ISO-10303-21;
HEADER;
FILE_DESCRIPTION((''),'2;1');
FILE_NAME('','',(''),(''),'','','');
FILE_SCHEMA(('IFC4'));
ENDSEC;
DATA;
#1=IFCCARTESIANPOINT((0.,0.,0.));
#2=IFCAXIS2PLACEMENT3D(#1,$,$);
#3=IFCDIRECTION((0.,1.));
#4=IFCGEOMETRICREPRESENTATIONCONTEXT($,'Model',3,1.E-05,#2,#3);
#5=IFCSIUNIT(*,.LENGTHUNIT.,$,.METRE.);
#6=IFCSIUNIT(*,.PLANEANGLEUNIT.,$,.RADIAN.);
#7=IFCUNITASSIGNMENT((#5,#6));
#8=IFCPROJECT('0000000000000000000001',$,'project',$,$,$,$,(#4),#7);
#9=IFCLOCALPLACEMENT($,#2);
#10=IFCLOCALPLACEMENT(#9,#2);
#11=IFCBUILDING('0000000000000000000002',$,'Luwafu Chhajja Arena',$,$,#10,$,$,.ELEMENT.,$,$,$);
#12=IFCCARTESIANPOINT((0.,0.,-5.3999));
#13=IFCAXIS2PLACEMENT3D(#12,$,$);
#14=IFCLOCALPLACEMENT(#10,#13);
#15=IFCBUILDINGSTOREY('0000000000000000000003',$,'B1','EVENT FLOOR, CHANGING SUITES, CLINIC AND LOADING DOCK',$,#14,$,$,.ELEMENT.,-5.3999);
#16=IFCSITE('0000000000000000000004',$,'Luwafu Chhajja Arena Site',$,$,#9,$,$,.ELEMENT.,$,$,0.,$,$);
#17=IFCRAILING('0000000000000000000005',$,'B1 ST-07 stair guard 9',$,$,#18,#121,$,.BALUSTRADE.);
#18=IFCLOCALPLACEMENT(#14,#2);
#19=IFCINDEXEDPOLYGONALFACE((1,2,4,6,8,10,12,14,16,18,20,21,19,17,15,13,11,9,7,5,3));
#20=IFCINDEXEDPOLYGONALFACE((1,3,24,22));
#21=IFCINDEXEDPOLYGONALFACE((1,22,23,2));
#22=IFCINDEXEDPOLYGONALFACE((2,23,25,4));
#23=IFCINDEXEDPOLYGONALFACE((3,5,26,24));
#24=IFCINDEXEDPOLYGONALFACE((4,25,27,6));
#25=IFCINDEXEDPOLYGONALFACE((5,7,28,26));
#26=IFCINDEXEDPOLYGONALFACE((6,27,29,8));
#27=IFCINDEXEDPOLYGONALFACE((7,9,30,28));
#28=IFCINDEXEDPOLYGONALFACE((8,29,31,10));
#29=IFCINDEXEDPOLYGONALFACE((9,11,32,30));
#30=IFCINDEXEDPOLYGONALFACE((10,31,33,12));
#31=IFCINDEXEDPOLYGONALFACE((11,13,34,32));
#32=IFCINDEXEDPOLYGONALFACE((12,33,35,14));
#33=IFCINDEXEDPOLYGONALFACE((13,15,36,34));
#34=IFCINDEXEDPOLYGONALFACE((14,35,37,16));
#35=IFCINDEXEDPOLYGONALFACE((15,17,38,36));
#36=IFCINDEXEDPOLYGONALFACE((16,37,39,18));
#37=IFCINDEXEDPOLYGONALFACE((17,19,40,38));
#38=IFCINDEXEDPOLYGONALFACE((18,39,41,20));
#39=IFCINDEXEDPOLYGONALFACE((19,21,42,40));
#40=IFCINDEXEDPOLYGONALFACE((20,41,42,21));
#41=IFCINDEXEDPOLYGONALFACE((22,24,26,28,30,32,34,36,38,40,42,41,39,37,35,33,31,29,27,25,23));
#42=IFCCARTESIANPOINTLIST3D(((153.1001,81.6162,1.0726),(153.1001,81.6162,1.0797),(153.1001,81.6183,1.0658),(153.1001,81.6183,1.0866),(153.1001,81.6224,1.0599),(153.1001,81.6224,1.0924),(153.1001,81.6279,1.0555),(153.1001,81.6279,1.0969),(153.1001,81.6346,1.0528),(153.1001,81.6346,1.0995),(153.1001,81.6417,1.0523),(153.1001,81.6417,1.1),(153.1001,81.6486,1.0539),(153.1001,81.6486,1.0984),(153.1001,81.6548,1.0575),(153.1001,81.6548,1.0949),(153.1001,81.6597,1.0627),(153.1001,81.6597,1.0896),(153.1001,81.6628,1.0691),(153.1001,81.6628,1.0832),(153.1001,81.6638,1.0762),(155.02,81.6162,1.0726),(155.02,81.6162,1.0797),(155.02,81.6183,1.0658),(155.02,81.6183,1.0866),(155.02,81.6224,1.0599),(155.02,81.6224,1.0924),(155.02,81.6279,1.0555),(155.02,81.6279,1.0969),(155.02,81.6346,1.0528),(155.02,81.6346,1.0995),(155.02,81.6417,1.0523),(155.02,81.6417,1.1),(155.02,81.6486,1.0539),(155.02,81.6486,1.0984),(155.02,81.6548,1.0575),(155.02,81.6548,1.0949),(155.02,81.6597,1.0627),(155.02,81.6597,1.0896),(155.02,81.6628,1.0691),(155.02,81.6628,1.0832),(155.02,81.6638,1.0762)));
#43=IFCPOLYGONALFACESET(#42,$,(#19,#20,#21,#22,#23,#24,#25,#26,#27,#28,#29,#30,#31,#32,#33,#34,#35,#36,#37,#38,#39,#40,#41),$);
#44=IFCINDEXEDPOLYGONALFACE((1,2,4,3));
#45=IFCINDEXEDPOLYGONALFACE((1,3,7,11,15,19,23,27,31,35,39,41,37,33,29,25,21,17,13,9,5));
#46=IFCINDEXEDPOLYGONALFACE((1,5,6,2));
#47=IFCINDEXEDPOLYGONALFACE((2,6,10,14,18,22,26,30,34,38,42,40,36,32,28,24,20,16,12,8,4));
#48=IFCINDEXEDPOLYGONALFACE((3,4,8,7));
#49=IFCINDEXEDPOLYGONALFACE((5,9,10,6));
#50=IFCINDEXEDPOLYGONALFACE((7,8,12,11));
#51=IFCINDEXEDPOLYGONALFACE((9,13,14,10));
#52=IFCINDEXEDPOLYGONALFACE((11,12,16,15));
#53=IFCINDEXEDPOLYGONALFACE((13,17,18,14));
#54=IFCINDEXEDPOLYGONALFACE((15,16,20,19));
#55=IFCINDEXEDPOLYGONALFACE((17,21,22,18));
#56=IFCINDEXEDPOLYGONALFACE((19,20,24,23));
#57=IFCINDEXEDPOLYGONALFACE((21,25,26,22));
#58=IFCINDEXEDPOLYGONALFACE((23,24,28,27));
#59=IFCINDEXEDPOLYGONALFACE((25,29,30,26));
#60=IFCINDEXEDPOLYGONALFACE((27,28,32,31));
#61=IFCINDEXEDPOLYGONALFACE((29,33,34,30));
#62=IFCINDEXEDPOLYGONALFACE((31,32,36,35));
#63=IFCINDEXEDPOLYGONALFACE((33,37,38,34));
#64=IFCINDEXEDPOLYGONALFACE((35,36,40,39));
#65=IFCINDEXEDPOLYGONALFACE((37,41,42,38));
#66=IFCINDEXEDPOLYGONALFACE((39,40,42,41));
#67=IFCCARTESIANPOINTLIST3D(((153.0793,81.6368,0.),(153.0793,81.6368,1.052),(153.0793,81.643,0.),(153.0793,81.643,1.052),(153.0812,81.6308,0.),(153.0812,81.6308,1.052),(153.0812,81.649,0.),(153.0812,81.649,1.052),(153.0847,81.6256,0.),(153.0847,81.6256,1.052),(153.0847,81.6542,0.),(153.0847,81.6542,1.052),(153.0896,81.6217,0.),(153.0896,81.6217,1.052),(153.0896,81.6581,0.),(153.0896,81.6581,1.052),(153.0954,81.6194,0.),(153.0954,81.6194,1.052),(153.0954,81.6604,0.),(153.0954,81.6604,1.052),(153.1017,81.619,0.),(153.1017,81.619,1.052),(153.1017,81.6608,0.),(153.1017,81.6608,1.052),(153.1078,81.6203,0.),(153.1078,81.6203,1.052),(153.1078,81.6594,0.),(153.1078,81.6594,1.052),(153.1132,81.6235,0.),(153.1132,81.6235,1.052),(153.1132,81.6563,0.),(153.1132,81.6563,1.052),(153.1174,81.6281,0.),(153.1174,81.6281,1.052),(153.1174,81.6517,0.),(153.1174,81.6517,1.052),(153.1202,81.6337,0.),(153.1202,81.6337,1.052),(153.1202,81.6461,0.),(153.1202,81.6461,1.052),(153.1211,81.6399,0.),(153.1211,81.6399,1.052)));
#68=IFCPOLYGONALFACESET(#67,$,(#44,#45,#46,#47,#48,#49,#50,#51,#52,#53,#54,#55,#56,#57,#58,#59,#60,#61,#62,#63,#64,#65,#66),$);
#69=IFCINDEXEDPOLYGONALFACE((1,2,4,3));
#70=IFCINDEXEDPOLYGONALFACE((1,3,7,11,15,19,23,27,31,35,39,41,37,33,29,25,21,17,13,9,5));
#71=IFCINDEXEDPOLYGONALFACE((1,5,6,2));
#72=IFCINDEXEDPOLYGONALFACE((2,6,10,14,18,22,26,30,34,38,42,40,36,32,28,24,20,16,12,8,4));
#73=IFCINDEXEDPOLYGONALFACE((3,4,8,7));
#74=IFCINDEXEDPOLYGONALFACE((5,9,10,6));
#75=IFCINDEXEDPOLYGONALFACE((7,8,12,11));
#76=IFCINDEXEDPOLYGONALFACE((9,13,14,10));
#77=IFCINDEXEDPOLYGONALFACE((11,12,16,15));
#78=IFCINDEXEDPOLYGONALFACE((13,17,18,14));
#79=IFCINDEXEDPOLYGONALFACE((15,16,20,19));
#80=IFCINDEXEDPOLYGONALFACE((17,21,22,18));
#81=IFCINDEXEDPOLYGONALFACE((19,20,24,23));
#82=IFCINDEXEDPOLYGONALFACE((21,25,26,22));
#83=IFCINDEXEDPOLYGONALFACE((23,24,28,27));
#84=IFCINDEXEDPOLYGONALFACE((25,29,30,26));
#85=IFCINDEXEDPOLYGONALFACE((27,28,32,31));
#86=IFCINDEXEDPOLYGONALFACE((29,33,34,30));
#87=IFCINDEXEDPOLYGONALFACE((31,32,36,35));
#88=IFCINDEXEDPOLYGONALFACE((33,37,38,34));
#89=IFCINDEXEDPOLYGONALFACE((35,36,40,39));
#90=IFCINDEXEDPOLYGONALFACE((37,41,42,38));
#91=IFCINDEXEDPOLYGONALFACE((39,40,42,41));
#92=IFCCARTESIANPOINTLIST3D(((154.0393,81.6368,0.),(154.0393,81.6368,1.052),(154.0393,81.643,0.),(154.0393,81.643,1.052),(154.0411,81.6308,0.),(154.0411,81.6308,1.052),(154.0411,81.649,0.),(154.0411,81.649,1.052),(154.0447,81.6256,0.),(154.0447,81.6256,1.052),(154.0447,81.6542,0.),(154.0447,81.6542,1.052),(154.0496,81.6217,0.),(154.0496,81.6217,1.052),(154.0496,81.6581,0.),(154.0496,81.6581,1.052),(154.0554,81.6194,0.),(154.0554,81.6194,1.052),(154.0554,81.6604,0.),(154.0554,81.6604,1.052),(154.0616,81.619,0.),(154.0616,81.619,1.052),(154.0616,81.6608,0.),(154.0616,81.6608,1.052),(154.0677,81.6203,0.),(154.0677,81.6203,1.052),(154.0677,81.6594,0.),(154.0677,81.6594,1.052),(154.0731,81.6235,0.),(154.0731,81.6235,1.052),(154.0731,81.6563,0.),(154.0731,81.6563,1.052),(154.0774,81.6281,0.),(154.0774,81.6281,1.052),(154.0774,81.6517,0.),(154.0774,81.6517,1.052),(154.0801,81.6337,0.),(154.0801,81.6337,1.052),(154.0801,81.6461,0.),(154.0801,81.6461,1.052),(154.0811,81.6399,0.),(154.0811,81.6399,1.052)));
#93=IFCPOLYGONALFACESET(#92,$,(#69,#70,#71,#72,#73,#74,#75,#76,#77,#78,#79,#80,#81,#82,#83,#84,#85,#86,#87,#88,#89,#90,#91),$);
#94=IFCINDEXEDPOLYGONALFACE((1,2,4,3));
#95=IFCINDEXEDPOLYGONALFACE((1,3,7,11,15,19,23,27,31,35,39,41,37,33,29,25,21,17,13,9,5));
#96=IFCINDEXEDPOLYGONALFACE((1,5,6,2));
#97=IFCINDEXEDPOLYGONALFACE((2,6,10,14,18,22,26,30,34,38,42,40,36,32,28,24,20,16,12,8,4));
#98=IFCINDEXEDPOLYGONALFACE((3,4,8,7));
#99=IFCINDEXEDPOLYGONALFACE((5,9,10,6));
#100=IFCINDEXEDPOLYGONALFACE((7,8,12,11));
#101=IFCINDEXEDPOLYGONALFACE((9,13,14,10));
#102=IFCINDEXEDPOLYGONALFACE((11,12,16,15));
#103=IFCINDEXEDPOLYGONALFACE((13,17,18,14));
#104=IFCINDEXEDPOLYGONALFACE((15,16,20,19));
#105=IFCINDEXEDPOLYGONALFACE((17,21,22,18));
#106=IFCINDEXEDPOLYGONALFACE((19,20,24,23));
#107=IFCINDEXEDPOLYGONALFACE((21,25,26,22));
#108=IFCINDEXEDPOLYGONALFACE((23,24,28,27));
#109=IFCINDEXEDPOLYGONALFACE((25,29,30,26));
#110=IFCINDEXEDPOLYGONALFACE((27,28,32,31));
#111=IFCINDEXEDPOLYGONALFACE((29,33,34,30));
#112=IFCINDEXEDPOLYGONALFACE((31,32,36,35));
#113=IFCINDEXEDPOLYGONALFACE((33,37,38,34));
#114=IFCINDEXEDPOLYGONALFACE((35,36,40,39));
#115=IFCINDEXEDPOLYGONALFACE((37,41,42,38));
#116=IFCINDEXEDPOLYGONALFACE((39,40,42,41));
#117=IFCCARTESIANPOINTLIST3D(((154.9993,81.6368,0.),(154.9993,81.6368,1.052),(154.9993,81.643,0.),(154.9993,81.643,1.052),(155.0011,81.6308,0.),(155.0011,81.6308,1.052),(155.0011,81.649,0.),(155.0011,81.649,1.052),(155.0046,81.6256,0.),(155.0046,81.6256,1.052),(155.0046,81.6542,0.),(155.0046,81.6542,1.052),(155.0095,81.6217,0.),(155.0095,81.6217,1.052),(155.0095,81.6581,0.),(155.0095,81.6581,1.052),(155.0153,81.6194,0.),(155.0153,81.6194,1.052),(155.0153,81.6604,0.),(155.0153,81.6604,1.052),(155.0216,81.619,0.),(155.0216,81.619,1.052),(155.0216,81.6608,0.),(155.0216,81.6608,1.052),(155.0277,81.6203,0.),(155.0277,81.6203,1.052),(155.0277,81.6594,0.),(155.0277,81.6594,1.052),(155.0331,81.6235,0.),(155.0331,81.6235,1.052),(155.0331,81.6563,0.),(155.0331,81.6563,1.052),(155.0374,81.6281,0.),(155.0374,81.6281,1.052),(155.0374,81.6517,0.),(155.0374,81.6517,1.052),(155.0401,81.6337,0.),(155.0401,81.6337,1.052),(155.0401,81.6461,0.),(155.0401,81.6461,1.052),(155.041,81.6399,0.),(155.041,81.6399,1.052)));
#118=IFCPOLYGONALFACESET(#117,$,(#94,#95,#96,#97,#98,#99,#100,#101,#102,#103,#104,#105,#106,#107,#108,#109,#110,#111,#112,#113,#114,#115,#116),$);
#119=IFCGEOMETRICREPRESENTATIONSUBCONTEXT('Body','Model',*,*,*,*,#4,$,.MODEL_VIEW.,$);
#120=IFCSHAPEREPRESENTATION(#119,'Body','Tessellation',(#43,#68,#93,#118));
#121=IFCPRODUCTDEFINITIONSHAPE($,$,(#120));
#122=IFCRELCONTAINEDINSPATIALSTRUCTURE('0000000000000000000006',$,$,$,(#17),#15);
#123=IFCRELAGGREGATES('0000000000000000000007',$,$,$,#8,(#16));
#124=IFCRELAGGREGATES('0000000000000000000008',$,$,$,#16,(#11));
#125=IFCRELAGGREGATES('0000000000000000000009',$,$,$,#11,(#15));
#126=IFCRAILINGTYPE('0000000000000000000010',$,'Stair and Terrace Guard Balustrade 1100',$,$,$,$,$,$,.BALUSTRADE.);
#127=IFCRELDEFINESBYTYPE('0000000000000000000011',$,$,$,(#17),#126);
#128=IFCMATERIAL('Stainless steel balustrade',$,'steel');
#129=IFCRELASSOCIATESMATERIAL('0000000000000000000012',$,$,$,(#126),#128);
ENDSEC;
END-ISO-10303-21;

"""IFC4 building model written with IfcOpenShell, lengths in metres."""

from ifc_helpers import new_model, si_unit, direction, frame, origin, origin_2d, place, context, subcontext, project, spatial, circle, extrude, material, type_object, element, save


model = new_model("IFC4")

# Units and contexts
model_context = context("Model", 3, precision=1e-05, world=origin(), true_north=direction((0.0, 1.0)))
body_context = subcontext(model_context, "Body", "Model", "MODEL_VIEW")
ifc_project = project(units=[si_unit("LENGTHUNIT", "METRE"), si_unit("PLANEANGLEUNIT", "RADIAN")], contexts=[model_context])

# Site, building, storey
site_placement = place(None, origin())
site = spatial("IfcSite", under=ifc_project, at=site_placement, Name="Luwafu Chhajja Arena Site", CompositionType="ELEMENT", RefElevation=0.0)
building_placement = place(site_placement, origin())
building = spatial("IfcBuilding", under=site, at=building_placement, Name="Luwafu Chhajja Arena", CompositionType="ELEMENT")
storey_placement = place(building_placement, frame((0.0, 0.0, -5.3999)))
storey = spatial("IfcBuildingStorey", under=building, at=storey_placement, Name="B1", Description="EVENT FLOOR, CHANGING SUITES, CLINIC AND LOADING DOCK", CompositionType="ELEMENT", Elevation=-5.3999)

# Railing
ifc_material_1 = material(Name="Stainless steel balustrade", Category="steel")
railing_type_1 = type_object("IfcRailingType", Name="Stair and Terrace Guard Balustrade 1100", PredefinedType="BALUSTRADE", material=ifc_material_1)
for number, where, name in (
    (1, (153.1001, 81.6399, 0.0), "B1 ST-07 stair guard 9"),
):
    element("IfcRailing", number, at=place(storey_placement, frame(where)), inside=storey, type_object=railing_type_1, Name=name, PredefinedType="BALUSTRADE", context=body_context, shape_type="SweptSolid", body=[
        extrude(circle(Radius=0.0239, at=origin_2d()), frame((0.0, 0.0, 1.0762), z_axis=(1.0, 0.0, 0.0), x_axis=(0.0, 1.0, 0.0)), (0.0, 0.0, 1.0), 1.9199),
        extrude(circle(Radius=0.021, at=origin_2d()), origin(), (0.0, 0.0, 1.0), 1.052),
        extrude(circle(Radius=0.021, at=origin_2d()), frame((0.96, 0.0, 0.0)), (0.0, 0.0, 1.0), 1.052),
        extrude(circle(Radius=0.021, at=origin_2d()), frame((1.9199, 0.0, 0.0)), (0.0, 0.0, 1.0), 1.052),
    ])

save(model, "model.ifc")
